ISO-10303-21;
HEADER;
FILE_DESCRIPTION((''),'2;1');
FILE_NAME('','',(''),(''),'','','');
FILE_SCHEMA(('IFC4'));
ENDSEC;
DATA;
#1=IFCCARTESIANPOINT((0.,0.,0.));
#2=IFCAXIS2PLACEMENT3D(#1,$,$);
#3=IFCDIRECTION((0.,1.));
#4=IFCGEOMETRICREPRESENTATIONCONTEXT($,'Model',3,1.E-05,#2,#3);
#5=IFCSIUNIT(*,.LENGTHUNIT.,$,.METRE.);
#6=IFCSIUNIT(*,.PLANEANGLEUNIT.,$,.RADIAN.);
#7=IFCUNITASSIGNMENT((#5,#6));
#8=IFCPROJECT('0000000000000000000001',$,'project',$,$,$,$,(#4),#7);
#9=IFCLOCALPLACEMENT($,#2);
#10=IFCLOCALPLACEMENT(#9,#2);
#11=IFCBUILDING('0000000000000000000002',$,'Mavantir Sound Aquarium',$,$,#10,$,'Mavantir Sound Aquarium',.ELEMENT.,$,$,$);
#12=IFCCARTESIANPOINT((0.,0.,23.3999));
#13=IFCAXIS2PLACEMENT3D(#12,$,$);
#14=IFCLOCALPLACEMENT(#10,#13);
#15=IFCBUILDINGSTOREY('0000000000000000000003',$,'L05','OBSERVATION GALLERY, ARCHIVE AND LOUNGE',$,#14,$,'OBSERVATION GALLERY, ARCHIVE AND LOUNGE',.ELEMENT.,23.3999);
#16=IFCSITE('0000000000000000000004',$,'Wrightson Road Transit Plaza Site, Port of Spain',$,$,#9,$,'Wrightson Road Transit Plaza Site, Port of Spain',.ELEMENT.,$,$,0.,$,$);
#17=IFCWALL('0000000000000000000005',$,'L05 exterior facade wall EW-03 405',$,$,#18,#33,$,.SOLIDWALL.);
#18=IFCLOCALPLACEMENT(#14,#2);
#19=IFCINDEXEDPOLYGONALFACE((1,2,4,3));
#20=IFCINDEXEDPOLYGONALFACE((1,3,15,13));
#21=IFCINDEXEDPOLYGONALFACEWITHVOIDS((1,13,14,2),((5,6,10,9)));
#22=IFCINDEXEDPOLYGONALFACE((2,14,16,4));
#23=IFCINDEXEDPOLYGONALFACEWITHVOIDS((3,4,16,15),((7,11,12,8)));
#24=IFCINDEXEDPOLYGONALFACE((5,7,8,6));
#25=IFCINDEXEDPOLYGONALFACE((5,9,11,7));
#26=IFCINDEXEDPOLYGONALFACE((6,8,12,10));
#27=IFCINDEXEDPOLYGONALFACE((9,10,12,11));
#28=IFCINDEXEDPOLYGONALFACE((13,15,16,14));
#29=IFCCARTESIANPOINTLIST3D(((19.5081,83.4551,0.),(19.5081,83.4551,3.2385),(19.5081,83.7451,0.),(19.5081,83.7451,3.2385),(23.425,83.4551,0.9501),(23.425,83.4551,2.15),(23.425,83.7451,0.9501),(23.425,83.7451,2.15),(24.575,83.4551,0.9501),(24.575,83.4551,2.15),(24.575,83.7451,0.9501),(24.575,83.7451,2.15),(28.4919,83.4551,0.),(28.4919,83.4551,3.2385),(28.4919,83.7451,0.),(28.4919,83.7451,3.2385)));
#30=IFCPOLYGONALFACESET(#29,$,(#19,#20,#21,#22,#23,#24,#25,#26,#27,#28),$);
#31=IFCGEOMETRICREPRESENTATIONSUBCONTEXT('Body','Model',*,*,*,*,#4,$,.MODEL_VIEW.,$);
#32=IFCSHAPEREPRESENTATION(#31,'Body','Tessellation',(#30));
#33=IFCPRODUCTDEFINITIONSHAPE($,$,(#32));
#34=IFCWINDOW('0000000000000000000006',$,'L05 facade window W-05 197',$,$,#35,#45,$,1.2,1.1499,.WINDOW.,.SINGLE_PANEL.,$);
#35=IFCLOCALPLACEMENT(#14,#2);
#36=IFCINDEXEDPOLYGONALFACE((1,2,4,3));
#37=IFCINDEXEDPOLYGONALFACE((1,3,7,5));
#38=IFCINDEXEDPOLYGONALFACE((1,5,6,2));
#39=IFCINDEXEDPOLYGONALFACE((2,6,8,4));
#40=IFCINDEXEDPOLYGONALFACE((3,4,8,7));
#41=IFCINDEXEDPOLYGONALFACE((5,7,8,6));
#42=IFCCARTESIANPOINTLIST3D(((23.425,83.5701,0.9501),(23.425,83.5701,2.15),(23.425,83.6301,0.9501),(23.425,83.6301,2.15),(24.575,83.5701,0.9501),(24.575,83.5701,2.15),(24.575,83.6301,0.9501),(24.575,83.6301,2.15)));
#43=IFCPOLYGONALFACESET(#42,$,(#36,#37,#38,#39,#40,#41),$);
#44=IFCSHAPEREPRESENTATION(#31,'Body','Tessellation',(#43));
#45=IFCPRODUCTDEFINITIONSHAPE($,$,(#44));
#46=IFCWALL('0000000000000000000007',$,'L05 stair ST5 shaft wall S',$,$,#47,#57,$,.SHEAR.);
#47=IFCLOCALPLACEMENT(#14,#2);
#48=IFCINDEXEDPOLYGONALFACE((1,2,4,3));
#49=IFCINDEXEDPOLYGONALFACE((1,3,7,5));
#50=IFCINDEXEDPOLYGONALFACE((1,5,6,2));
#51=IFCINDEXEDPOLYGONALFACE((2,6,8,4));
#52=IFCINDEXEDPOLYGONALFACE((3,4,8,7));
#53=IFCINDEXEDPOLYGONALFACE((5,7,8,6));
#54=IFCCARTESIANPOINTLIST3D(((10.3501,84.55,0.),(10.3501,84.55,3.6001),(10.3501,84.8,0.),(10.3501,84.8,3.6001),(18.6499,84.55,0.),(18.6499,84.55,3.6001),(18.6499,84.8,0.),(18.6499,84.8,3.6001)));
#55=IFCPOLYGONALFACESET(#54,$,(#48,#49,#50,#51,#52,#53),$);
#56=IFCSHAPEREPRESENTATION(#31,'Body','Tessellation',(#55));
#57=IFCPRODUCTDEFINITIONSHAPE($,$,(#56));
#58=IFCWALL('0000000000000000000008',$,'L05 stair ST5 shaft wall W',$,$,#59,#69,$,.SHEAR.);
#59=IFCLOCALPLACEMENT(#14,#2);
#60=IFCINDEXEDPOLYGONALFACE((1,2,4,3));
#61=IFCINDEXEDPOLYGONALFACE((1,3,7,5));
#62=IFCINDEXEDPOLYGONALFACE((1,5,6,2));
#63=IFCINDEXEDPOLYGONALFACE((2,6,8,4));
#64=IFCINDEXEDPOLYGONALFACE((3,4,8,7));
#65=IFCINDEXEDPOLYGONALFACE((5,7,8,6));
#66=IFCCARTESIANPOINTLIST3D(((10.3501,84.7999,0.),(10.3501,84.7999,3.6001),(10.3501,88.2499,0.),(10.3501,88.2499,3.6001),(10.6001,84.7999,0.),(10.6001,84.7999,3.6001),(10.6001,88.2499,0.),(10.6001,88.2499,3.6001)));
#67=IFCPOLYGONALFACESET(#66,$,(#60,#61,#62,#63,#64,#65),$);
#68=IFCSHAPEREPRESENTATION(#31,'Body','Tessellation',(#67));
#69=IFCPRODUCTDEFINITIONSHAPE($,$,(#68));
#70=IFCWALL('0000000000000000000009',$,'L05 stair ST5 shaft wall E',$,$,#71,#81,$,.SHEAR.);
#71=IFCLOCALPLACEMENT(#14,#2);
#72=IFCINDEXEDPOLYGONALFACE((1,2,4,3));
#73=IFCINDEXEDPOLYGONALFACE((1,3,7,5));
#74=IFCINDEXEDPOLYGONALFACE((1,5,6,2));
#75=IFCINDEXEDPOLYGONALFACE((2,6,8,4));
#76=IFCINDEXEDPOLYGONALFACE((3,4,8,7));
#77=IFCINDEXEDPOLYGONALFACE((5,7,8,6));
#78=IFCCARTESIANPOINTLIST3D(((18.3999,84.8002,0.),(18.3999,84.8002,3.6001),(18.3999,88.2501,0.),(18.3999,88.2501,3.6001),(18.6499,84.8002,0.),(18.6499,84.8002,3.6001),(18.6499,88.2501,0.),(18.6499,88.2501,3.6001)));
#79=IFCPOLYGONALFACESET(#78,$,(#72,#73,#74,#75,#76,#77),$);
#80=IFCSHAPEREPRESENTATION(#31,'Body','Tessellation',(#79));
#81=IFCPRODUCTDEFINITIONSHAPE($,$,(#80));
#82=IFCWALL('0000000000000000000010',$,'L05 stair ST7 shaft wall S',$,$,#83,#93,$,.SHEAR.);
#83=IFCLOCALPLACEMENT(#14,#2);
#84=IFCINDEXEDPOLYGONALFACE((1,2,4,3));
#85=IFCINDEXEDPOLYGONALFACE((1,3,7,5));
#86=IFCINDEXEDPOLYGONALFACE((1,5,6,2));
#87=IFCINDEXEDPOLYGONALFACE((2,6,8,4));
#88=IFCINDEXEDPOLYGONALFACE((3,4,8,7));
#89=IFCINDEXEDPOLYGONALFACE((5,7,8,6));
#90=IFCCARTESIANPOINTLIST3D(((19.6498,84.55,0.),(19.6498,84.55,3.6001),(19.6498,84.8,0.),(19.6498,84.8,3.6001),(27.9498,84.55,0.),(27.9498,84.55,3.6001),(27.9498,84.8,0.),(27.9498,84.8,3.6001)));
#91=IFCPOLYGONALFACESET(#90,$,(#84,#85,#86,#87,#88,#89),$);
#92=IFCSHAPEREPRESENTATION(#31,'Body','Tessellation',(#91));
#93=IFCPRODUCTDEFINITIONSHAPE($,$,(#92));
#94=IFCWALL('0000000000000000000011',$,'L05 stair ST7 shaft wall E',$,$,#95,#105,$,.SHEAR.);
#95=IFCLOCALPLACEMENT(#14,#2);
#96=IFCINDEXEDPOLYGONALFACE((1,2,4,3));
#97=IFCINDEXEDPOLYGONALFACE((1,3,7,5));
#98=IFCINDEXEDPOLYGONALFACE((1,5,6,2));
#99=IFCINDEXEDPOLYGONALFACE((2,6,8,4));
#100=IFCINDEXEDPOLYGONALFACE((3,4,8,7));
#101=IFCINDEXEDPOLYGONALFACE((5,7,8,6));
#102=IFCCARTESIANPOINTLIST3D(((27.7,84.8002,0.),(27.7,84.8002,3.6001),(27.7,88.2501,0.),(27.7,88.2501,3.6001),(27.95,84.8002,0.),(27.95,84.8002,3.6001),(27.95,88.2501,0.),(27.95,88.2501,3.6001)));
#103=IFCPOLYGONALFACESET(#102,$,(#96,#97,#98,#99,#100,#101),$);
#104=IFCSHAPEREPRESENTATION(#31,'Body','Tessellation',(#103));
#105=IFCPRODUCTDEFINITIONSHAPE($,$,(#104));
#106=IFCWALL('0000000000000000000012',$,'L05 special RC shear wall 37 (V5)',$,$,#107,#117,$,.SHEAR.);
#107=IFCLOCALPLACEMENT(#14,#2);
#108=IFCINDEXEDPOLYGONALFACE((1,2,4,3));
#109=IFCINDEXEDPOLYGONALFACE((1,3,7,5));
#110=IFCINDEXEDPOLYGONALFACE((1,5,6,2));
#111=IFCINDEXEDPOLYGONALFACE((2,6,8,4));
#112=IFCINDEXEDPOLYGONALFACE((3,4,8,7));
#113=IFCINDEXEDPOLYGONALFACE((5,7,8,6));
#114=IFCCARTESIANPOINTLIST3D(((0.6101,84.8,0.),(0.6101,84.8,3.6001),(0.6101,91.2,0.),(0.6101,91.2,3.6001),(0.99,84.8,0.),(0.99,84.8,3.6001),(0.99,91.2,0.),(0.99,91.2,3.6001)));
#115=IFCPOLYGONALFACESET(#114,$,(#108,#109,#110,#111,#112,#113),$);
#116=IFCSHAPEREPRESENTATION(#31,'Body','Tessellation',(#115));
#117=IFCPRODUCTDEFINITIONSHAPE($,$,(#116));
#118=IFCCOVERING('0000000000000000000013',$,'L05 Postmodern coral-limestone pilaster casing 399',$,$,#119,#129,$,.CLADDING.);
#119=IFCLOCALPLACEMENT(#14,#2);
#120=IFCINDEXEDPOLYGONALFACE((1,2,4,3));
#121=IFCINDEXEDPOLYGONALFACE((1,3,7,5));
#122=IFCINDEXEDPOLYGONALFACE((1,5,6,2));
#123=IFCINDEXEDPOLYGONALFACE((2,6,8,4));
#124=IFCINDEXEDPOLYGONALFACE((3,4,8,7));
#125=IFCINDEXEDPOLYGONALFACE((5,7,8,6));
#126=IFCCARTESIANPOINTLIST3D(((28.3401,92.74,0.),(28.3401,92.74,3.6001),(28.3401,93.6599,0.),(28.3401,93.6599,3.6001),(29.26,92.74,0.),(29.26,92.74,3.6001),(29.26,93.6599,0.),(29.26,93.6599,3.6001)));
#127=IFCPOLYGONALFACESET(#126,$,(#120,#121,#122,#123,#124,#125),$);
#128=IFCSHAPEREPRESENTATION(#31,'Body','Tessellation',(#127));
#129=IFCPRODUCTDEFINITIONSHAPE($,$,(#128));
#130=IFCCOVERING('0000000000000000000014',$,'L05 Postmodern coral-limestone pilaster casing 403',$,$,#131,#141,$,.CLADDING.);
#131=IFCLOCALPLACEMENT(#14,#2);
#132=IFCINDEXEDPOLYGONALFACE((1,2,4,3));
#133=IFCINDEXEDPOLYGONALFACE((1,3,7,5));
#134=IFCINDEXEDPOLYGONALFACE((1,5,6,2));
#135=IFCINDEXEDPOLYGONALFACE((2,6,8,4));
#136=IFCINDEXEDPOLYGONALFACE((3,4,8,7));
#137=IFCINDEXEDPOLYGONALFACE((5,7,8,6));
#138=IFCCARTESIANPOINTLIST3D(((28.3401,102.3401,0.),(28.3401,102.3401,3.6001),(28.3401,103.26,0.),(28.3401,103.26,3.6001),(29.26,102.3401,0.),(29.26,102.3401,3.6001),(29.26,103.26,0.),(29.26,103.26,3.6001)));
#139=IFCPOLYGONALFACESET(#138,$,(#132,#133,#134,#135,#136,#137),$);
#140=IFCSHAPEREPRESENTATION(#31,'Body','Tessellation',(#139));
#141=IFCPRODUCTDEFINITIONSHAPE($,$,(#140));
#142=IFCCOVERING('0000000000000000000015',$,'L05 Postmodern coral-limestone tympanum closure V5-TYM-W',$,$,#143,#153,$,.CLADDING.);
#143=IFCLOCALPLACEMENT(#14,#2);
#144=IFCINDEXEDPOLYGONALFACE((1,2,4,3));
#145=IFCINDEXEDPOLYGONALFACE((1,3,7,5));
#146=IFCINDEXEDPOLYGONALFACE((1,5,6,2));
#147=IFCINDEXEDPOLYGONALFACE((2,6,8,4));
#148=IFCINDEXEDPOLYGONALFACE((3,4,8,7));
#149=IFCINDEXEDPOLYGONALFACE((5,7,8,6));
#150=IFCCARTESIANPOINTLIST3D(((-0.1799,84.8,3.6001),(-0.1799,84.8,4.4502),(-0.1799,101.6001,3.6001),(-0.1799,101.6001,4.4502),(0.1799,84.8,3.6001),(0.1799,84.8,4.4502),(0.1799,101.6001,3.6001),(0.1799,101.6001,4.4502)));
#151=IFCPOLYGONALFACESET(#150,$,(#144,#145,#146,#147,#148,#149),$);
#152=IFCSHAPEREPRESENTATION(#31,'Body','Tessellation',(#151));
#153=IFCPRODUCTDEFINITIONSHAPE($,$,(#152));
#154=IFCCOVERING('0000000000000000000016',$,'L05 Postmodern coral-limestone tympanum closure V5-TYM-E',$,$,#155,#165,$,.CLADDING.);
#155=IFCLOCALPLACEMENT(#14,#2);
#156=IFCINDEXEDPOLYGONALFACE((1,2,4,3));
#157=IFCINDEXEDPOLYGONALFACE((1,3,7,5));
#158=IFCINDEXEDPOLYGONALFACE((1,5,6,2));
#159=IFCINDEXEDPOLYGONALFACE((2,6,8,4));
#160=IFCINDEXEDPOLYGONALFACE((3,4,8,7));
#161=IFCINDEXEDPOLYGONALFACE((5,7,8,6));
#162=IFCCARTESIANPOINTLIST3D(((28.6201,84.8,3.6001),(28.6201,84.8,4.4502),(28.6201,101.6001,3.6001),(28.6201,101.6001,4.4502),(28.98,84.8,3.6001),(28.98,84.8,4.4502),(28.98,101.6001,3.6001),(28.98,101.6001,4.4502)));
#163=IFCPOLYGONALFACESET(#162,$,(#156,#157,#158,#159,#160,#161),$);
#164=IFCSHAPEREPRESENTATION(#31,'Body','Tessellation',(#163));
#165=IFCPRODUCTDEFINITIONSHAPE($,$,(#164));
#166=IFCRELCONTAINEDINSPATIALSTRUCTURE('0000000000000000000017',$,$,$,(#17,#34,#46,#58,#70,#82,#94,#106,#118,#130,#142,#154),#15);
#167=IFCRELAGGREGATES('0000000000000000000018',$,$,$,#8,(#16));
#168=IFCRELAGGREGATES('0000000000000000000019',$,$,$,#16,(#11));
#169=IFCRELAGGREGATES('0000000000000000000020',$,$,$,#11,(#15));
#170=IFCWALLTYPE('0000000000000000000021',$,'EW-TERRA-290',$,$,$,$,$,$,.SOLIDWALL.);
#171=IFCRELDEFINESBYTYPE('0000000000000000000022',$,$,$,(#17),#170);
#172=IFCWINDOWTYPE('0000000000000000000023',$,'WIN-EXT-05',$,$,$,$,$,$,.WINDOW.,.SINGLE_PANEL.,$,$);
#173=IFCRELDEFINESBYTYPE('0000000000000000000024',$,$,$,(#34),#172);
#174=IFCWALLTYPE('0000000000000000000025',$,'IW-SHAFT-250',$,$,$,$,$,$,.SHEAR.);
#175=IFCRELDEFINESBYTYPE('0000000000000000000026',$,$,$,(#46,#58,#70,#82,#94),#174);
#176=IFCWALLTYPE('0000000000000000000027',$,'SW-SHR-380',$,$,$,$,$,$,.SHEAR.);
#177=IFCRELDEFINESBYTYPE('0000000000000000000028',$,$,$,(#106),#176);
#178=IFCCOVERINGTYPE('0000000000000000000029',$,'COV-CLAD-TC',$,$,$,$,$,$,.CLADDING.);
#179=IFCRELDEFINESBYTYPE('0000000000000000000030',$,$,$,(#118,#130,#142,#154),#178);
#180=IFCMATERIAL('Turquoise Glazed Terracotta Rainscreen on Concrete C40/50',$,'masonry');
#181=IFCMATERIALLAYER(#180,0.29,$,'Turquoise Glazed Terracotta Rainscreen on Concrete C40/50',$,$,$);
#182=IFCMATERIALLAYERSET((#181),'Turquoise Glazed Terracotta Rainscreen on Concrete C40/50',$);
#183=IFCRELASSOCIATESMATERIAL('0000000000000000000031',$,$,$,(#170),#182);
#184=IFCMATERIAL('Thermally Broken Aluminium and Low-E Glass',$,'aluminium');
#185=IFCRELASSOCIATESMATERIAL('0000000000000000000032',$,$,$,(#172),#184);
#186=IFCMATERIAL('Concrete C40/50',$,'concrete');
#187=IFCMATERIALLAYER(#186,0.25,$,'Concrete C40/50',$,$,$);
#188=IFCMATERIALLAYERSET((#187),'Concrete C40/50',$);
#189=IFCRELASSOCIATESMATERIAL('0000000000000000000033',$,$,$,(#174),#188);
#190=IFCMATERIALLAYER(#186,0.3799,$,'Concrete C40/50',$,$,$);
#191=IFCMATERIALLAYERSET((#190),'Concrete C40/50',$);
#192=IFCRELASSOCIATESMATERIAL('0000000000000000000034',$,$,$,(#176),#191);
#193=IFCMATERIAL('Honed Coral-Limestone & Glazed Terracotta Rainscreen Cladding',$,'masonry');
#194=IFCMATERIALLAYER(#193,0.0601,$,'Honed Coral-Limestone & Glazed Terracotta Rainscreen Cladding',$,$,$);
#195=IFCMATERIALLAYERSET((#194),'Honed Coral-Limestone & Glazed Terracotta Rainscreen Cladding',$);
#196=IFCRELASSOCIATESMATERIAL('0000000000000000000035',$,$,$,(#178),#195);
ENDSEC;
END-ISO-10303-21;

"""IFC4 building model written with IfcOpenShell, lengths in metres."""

from ifc_helpers import new_model, si_unit, direction, frame, frame_2d, origin, place, context, subcontext, project, spatial, polyline, rectangle, outline, extrude, material, layer, layer_set, type_object, element, fill, save


model = new_model("IFC4")

# Units and contexts
model_context = context("Model", 3, precision=1e-05, world=origin(), true_north=direction((0.0, 1.0)))
body_context = subcontext(model_context, "Body", "Model", "MODEL_VIEW")
ifc_project = project(units=[si_unit("LENGTHUNIT", "METRE"), si_unit("PLANEANGLEUNIT", "RADIAN")], contexts=[model_context])

# Site, building, storey
site_placement = place(None, origin())
site = spatial("IfcSite", under=ifc_project, at=site_placement, Name="Wrightson Road Transit Plaza Site, Port of Spain", LongName="Wrightson Road Transit Plaza Site, Port of Spain", CompositionType="ELEMENT", RefElevation=0.0)
building_placement = place(site_placement, origin())
building = spatial("IfcBuilding", under=site, at=building_placement, Name="Mavantir Sound Aquarium", LongName="Mavantir Sound Aquarium", CompositionType="ELEMENT")
storey_placement = place(building_placement, frame((0.0, 0.0, 23.3999)))
storey = spatial("IfcBuildingStorey", under=building, at=storey_placement, Name="L05", Description="OBSERVATION GALLERY, ARCHIVE AND LOUNGE", LongName="OBSERVATION GALLERY, ARCHIVE AND LOUNGE", CompositionType="ELEMENT", Elevation=23.3999)

# Shared definitions
ifc_material_1 = material(Name="Concrete C40/50", Category="concrete")

# Wall, opening, window
ifc_material_2 = material(Name="Thermally Broken Aluminium and Low-E Glass", Category="aluminium")
ifc_material_3 = material(Name="Turquoise Glazed Terracotta Rainscreen on Concrete C40/50", Category="masonry")
ifc_layer_1 = layer(ifc_material_3, 0.29, Name="Turquoise Glazed Terracotta Rainscreen on Concrete C40/50")
ifc_layer_set_1 = layer_set([ifc_layer_1], Name="Turquoise Glazed Terracotta Rainscreen on Concrete C40/50")
wall_type_1 = type_object("IfcWallType", Name="EW-TERRA-290", PredefinedType="SOLIDWALL", material=ifc_layer_set_1)
wall_1_placement = place(storey_placement, frame((19.5081, 83.6001, 0.0), z_axis=(0.0, 0.0, 1.0), x_axis=(1.0, 0.0, 0.0)))
wall_1 = element("IfcWall", 1, at=wall_1_placement, inside=storey, type_object=wall_type_1, Name="L05 exterior facade wall EW-03 405", PredefinedType="SOLIDWALL", context=body_context, shape_type="SweptSolid", body=[
    extrude(rectangle(XDim=8.9839, YDim=0.29, at=frame_2d((4.4919, 0.0))), origin(), (0.0, 0.0, 1.0), 3.2385),
])
opening_1_placement = place(wall_1_placement, frame((3.917, 0.0, 0.95)))
opening_1 = element("IfcOpeningElement", 2, at=opening_1_placement, cuts=wall_1, PredefinedType="OPENING", context=body_context, shape_type="SweptSolid", body=[
    extrude(rectangle(XDim=1.1499, YDim=1.2, at=frame_2d((0.575, 0.6001))), frame((0.0, 0.155, 0.0), z_axis=(0.0, -1.0, 0.0), x_axis=(1.0, 0.0, 0.0)), (0.0, 0.0, 1.0), 0.3101),
])
window_type_1 = type_object("IfcWindowType", Name="WIN-EXT-05", PartitioningType="SINGLE_PANEL", PredefinedType="WINDOW", material=ifc_material_2)
window_1_placement = place(opening_1_placement, origin())
window_1 = element("IfcWindow", 3, at=window_1_placement, inside=storey, type_object=window_type_1, Name="L05 facade window W-05 197", OverallHeight=1.2, OverallWidth=1.1499, PartitioningType="SINGLE_PANEL", PredefinedType="WINDOW", context=body_context, shape_type="SweptSolid", body=[
    extrude(rectangle(XDim=1.1499, YDim=1.2, at=frame_2d((0.575, 0.6001))), frame((0.0, 0.03, 0.0), z_axis=(0.0, -1.0, 0.0), x_axis=(1.0, 0.0, 0.0)), (0.0, 0.0, 1.0), 0.0601),
])
fill(opening_1, window_1)

# Walls
ifc_layer_2 = layer(ifc_material_1, 0.25, Name="Concrete C40/50")
ifc_layer_set_2 = layer_set([ifc_layer_2], Name="Concrete C40/50")
wall_type_2 = type_object("IfcWallType", Name="IW-SHAFT-250", PredefinedType="SHEAR", material=ifc_layer_set_2)
wall_2_placement = place(storey_placement, frame((10.3501, 84.675, 0.0), z_axis=(0.0, 0.0, 1.0), x_axis=(1.0, 0.0, 0.0)))
element("IfcWall", 4, at=wall_2_placement, inside=storey, type_object=wall_type_2, Name="L05 stair ST5 shaft wall S", PredefinedType="SHEAR", context=body_context, shape_type="SweptSolid", body=[
    extrude(rectangle(XDim=8.2998, YDim=0.25, at=frame_2d((4.1499, 0.0))), origin(), (0.0, 0.0, 1.0), 3.6001),
])
for number, where, z_axis, x_axis, name in (
    (5, (10.4751, 88.25, 0.0), (0.0, 0.0, 1.0), (0.0, -1.0, 0.0), "L05 stair ST5 shaft wall W"),
    (6, (18.5249, 84.8, 0.0), (0.0, 0.0, 1.0), (0.0, 1.0, 0.0), "L05 stair ST5 shaft wall E"),
):
    element("IfcWall", number, at=place(storey_placement, frame(where, z_axis=z_axis, x_axis=x_axis)), inside=storey, type_object=wall_type_2, Name=name, PredefinedType="SHEAR", context=body_context, shape_type="SweptSolid", body=[
        extrude(rectangle(XDim=3.45, YDim=0.25, at=frame_2d((1.7251, 0.0))), origin(), (0.0, 0.0, 1.0), 3.6001),
    ])
wall_3_placement = place(storey_placement, frame((19.6499, 84.675, 0.0), z_axis=(0.0, 0.0, 1.0), x_axis=(1.0, 0.0, 0.0)))
element("IfcWall", 7, at=wall_3_placement, inside=storey, type_object=wall_type_2, Name="L05 stair ST7 shaft wall S", PredefinedType="SHEAR", context=body_context, shape_type="SweptSolid", body=[
    extrude(rectangle(XDim=8.3, YDim=0.25, at=frame_2d((4.1499, 0.0))), origin(), (0.0, 0.0, 1.0), 3.6001),
])
wall_4_placement = place(storey_placement, frame((27.825, 84.8, 0.0), z_axis=(0.0, 0.0, 1.0), x_axis=(0.0, 1.0, 0.0)))
element("IfcWall", 8, at=wall_4_placement, inside=storey, type_object=wall_type_2, Name="L05 stair ST7 shaft wall E", PredefinedType="SHEAR", context=body_context, shape_type="SweptSolid", body=[
    extrude(rectangle(XDim=3.45, YDim=0.25, at=frame_2d((1.7251, 0.0))), origin(), (0.0, 0.0, 1.0), 3.6001),
])
ifc_layer_3 = layer(ifc_material_1, 0.3799, Name="Concrete C40/50")
ifc_layer_set_3 = layer_set([ifc_layer_3], Name="Concrete C40/50")
wall_type_3 = type_object("IfcWallType", Name="SW-SHR-380", PredefinedType="SHEAR", material=ifc_layer_set_3)
wall_5_placement = place(storey_placement, frame((0.8, 84.8, 0.0), z_axis=(0.0, 0.0, 1.0), x_axis=(0.0, 1.0, 0.0)))
element("IfcWall", 9, at=wall_5_placement, inside=storey, type_object=wall_type_3, Name="L05 special RC shear wall 37 (V5)", PredefinedType="SHEAR", context=body_context, shape_type="SweptSolid", body=[
    extrude(rectangle(XDim=6.3999, YDim=0.3799, at=frame_2d((3.2, 0.0))), origin(), (0.0, 0.0, 1.0), 3.6001),
])

# Coverings
ifc_material_4 = material(Name="Honed Coral-Limestone & Glazed Terracotta Rainscreen Cladding", Category="masonry")
ifc_layer_4 = layer(ifc_material_4, 0.0601, Name="Honed Coral-Limestone & Glazed Terracotta Rainscreen Cladding")
ifc_layer_set_4 = layer_set([ifc_layer_4], Name="Honed Coral-Limestone & Glazed Terracotta Rainscreen Cladding")
covering_type = type_object("IfcCoveringType", Name="COV-CLAD-TC", PredefinedType="CLADDING", material=ifc_layer_set_4)
covering_1_placement = place(storey_placement, origin())
element("IfcCovering", 10, at=covering_1_placement, inside=storey, type_object=covering_type, Name="L05 Postmodern coral-limestone pilaster casing 399", PredefinedType="CLADDING", context=body_context, shape_type="SweptSolid", body=[
    extrude(outline(polyline([(28.3401, 92.74), (29.26, 92.74), (29.26, 93.6599), (28.3401, 93.6599), (28.3401, 92.74)])), origin(), (0.0, 0.0, 1.0), 3.6001),
])
covering_2_placement = place(storey_placement, origin())
element("IfcCovering", 11, at=covering_2_placement, inside=storey, type_object=covering_type, Name="L05 Postmodern coral-limestone pilaster casing 403", PredefinedType="CLADDING", context=body_context, shape_type="SweptSolid", body=[
    extrude(outline(polyline([(28.3401, 102.3401), (29.26, 102.3401), (29.26, 103.26), (28.3401, 103.26), (28.3401, 102.3401)])), origin(), (0.0, 0.0, 1.0), 3.6001),
])
covering_3_placement = place(storey_placement, frame((0.0, 0.0, 3.6001)))
element("IfcCovering", 12, at=covering_3_placement, inside=storey, type_object=covering_type, Name="L05 Postmodern coral-limestone tympanum closure V5-TYM-W", PredefinedType="CLADDING", context=body_context, shape_type="SweptSolid", body=[
    extrude(outline(polyline([(-0.1799, 84.8), (0.1799, 84.8), (0.1799, 101.6001), (-0.1799, 101.6001), (-0.1799, 84.8)])), origin(), (0.0, 0.0, 1.0), 0.8501),
])
covering_4_placement = place(storey_placement, frame((0.0, 0.0, 3.6001)))
element("IfcCovering", 13, at=covering_4_placement, inside=storey, type_object=covering_type, Name="L05 Postmodern coral-limestone tympanum closure V5-TYM-E", PredefinedType="CLADDING", context=body_context, shape_type="SweptSolid", body=[
    extrude(outline(polyline([(28.6201, 84.8), (28.98, 84.8), (28.98, 101.6001), (28.6201, 101.6001), (28.6201, 84.8)])), origin(), (0.0, 0.0, 1.0), 0.8501),
])

save(model, "model.ifc")
